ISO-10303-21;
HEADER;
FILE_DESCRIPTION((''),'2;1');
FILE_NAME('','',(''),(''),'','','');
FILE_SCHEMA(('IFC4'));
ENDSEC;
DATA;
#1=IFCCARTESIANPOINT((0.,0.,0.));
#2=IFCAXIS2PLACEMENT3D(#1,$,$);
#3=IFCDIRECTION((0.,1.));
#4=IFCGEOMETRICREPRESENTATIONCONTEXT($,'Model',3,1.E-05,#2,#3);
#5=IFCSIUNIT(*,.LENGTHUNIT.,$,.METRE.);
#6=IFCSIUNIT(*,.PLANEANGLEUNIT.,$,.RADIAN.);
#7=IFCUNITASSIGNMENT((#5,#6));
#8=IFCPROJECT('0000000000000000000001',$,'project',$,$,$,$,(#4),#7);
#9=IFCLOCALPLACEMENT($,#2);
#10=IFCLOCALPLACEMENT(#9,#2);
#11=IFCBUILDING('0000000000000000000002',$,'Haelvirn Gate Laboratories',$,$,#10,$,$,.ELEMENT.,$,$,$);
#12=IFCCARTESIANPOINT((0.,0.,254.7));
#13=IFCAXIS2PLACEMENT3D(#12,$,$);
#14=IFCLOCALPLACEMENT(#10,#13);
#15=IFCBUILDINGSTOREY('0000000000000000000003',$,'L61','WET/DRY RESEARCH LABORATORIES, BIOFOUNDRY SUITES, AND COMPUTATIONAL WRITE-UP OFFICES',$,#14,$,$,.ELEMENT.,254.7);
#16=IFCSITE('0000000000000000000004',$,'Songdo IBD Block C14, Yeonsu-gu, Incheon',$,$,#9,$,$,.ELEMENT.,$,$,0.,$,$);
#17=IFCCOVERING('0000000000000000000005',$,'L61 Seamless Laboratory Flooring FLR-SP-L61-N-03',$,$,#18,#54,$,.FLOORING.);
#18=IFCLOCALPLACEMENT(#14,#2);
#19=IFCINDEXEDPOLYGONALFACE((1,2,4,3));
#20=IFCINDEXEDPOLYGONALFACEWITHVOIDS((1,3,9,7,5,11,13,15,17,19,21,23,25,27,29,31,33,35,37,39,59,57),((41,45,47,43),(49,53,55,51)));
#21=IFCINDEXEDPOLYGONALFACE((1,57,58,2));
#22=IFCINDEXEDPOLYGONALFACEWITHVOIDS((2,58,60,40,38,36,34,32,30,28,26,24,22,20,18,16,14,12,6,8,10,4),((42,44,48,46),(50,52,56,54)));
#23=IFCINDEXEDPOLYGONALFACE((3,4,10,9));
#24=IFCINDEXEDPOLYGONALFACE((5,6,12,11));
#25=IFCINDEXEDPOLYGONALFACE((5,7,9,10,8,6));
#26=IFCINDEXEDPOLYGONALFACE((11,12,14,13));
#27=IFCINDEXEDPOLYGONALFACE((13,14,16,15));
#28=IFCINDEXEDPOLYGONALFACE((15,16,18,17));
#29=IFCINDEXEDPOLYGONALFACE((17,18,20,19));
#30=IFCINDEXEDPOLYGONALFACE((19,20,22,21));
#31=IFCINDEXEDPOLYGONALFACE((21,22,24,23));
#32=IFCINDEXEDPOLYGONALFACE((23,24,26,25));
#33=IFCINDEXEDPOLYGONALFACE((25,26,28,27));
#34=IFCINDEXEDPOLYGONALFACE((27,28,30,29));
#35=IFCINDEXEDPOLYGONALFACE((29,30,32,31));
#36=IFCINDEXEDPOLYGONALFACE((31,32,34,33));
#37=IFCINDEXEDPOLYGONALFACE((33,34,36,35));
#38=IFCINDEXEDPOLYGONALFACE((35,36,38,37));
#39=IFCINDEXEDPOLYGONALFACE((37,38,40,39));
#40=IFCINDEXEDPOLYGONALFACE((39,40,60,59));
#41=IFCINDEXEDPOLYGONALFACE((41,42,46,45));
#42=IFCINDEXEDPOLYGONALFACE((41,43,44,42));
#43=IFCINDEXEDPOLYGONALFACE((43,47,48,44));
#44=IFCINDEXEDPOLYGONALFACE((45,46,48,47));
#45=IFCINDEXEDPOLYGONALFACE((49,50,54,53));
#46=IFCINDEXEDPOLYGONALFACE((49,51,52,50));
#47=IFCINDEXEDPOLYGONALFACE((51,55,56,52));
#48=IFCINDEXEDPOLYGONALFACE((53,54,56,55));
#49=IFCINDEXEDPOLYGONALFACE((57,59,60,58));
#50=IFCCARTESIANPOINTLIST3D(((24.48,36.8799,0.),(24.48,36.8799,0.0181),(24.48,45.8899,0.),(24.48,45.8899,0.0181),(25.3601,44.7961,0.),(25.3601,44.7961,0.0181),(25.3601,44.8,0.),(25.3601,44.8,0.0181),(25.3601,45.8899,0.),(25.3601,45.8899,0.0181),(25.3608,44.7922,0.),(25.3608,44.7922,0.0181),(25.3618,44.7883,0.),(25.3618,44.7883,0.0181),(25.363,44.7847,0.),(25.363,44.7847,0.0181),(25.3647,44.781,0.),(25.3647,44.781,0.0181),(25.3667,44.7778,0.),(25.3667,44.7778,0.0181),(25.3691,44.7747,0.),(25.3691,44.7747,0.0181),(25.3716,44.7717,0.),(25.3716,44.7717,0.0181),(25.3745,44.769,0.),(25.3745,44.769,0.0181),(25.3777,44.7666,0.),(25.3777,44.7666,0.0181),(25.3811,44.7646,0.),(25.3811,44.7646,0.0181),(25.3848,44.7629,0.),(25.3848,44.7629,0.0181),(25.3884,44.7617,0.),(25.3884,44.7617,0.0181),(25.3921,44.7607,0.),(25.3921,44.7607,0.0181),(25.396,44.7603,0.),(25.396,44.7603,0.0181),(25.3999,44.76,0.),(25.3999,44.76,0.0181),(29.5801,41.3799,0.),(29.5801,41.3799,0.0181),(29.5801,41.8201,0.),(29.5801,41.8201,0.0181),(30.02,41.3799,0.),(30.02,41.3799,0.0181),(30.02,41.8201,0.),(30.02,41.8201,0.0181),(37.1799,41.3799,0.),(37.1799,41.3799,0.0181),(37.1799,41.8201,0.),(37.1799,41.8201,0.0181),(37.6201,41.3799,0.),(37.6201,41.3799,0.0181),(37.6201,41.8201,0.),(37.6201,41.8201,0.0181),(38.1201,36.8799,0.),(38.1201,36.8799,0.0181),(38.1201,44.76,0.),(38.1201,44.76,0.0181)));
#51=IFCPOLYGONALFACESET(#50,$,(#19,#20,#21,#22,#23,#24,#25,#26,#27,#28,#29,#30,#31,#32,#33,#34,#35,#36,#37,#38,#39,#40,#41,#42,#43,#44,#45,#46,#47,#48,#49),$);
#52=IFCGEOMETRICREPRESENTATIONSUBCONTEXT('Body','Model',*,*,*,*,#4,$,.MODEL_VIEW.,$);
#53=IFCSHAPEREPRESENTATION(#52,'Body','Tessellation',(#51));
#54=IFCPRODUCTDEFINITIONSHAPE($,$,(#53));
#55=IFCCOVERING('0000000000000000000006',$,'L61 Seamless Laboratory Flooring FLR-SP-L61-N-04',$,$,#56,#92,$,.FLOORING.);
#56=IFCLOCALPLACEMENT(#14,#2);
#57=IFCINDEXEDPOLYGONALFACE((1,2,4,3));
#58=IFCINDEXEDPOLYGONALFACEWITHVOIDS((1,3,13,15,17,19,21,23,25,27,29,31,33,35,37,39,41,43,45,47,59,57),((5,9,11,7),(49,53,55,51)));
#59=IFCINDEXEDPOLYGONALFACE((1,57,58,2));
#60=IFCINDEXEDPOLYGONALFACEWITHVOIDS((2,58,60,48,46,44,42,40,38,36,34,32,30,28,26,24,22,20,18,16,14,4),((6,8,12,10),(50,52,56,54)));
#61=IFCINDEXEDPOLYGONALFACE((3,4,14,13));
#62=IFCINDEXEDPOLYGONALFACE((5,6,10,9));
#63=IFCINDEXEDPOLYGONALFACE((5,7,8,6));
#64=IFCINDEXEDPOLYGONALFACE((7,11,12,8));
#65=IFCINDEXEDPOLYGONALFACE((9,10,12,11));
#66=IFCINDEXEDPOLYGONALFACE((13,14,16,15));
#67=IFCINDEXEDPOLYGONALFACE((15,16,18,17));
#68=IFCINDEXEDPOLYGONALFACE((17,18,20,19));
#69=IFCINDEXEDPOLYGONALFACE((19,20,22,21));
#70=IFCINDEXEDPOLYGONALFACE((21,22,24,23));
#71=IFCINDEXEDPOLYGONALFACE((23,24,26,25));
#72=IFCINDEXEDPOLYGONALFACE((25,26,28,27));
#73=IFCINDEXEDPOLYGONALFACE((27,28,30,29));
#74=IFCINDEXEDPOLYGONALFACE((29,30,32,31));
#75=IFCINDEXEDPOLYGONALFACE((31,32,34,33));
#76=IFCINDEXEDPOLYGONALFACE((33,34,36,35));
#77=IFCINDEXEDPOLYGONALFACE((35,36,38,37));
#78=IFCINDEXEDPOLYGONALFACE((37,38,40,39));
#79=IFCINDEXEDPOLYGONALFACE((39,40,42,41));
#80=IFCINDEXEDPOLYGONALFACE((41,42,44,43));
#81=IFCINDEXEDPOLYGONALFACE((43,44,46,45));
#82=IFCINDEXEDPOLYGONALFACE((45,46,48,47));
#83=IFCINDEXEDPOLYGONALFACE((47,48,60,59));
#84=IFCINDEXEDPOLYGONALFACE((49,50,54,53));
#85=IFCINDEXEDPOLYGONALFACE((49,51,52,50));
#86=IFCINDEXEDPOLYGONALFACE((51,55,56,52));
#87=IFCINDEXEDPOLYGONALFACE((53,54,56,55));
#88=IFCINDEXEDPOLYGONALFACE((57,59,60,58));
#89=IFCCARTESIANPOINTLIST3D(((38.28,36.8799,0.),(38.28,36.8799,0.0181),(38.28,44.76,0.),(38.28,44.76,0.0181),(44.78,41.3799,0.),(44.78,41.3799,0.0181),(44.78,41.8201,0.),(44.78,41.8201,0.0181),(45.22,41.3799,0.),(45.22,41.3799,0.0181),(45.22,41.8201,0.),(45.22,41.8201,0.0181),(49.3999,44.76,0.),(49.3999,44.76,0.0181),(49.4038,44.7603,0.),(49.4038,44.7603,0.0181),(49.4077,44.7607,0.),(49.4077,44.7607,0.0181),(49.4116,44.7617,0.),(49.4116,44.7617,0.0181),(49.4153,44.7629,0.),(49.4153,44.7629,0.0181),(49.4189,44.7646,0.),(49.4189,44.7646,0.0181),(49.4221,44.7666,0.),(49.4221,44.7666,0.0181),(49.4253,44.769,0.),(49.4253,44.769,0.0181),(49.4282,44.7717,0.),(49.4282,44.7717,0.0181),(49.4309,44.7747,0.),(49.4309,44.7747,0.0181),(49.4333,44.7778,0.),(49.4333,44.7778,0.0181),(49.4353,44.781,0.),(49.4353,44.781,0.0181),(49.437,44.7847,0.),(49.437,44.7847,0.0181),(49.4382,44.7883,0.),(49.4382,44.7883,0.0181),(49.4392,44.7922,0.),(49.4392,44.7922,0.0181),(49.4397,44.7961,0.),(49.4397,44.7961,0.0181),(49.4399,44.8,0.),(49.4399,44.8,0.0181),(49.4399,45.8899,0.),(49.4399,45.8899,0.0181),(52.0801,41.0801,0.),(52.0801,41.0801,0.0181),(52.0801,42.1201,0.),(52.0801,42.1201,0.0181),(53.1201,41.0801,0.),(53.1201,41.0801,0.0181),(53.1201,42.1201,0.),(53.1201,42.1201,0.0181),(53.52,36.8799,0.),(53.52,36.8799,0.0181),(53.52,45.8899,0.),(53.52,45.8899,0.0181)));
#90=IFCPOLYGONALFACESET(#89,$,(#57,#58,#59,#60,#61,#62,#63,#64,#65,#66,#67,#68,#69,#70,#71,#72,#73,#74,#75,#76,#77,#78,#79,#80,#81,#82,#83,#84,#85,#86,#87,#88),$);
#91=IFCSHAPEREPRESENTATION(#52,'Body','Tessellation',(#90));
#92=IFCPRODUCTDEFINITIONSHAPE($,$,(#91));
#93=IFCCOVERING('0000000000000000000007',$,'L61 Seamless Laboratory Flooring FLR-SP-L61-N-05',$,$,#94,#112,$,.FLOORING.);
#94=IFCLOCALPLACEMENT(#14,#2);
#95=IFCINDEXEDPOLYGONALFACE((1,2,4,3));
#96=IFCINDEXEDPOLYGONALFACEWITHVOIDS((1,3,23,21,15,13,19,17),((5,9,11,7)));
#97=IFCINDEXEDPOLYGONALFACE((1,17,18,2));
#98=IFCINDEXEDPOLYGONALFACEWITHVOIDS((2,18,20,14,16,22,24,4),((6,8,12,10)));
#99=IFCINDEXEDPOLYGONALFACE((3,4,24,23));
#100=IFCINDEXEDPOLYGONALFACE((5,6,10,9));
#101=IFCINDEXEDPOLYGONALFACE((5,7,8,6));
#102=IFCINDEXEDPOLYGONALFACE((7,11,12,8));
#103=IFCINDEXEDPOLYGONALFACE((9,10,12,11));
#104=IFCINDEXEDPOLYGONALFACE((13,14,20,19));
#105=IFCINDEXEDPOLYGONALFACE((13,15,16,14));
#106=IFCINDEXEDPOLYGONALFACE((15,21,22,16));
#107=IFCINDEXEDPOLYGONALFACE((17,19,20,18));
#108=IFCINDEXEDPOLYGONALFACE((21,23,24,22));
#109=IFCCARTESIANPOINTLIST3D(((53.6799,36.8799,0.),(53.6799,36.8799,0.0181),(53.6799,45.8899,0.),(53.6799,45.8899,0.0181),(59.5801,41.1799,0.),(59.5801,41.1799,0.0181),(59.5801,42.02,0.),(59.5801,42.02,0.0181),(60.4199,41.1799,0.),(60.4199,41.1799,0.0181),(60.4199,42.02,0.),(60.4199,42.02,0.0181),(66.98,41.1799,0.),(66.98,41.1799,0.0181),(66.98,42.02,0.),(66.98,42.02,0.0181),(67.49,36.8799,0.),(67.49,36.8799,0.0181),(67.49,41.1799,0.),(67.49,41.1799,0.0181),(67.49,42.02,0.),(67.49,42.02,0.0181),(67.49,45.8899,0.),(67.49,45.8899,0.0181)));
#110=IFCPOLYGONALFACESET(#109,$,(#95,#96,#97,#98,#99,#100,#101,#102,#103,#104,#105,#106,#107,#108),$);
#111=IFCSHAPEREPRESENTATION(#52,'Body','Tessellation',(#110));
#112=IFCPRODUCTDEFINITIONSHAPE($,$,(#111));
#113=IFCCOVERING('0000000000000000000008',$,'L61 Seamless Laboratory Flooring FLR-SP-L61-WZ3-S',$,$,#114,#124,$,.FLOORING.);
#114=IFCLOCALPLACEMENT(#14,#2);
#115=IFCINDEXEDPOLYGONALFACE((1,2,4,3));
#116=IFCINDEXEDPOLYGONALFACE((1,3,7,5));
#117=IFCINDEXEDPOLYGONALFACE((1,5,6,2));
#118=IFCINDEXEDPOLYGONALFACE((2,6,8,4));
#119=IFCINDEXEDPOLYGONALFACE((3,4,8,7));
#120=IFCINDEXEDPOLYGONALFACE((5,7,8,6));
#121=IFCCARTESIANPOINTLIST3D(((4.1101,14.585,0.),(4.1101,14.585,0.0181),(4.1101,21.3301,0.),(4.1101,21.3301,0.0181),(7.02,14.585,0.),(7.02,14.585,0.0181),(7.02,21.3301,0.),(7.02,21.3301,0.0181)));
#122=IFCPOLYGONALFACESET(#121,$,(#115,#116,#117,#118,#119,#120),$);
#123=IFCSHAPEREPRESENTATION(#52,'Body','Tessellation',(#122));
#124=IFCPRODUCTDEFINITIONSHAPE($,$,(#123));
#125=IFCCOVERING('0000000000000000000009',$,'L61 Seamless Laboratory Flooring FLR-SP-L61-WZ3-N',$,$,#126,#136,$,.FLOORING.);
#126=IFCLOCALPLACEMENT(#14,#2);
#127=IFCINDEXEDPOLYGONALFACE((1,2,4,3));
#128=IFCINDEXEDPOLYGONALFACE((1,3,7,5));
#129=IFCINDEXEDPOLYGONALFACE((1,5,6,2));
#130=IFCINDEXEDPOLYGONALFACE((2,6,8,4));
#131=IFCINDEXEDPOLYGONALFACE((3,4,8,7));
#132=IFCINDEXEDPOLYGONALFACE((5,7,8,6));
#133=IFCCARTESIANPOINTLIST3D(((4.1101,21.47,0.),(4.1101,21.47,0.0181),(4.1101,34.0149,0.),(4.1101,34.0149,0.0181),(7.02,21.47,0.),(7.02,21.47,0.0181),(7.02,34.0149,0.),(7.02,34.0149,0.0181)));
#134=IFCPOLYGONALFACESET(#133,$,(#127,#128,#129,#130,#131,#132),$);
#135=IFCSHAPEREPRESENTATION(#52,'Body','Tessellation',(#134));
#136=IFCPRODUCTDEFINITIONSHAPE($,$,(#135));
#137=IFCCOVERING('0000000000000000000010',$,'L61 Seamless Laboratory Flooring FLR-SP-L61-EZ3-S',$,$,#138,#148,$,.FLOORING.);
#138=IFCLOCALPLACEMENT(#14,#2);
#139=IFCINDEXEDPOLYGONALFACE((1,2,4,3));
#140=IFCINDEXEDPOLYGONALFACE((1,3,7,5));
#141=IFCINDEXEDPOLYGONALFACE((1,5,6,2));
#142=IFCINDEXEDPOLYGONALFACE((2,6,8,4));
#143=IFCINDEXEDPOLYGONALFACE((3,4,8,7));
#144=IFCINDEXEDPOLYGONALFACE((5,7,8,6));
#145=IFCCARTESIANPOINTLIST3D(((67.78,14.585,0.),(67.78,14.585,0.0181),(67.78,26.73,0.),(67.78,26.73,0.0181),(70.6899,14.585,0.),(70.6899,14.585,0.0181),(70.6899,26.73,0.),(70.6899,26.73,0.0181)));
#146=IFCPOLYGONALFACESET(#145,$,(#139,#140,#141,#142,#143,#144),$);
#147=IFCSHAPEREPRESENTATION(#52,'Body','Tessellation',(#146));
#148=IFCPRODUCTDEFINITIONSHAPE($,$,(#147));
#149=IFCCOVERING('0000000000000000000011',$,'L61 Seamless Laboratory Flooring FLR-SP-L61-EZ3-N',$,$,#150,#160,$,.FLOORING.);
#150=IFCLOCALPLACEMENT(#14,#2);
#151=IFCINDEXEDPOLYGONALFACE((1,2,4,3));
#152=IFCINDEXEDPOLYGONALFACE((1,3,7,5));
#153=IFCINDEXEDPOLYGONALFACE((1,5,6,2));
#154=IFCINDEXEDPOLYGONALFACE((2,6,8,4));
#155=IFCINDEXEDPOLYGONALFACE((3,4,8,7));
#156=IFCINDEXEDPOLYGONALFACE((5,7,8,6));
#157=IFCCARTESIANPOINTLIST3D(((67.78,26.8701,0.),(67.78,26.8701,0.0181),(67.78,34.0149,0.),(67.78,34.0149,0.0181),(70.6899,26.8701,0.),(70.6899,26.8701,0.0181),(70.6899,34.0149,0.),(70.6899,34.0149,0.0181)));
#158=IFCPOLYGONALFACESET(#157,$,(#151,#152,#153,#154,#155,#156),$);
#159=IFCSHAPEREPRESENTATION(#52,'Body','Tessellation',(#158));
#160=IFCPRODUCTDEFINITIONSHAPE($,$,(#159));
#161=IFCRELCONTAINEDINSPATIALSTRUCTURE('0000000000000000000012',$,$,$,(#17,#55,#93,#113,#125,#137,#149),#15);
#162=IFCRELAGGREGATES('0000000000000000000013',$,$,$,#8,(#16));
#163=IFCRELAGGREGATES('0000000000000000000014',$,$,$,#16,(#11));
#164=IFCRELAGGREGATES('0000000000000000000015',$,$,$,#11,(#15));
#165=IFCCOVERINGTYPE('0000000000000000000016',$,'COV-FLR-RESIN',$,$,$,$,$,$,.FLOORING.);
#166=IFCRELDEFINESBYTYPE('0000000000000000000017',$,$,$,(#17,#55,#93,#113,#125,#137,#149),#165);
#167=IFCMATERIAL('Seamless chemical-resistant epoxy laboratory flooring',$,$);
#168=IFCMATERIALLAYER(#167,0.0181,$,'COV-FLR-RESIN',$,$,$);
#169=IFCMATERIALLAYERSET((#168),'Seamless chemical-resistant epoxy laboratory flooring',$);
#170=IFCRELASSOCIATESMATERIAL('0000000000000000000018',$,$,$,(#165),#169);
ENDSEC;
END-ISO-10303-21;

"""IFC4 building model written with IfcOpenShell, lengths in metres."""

from ifc_helpers import new_model, si_unit, direction, frame, origin, place, context, subcontext, project, spatial, polyline, outline, extrude, material, layer, layer_set, type_object, element, save


model = new_model("IFC4")

# Units and contexts
model_context = context("Model", 3, precision=1e-05, world=origin(), true_north=direction((0.0, 1.0)))
body_context = subcontext(model_context, "Body", "Model", "MODEL_VIEW")
ifc_project = project(units=[si_unit("LENGTHUNIT", "METRE"), si_unit("PLANEANGLEUNIT", "RADIAN")], contexts=[model_context])

# Site, building, storey
site_placement = place(None, origin())
site = spatial("IfcSite", under=ifc_project, at=site_placement, Name="Songdo IBD Block C14, Yeonsu-gu, Incheon", CompositionType="ELEMENT", RefElevation=0.0)
building_placement = place(site_placement, origin())
building = spatial("IfcBuilding", under=site, at=building_placement, Name="Haelvirn Gate Laboratories", CompositionType="ELEMENT")
storey_placement = place(building_placement, frame((0.0, 0.0, 254.7)))
storey = spatial("IfcBuildingStorey", under=building, at=storey_placement, Name="L61", Description="WET/DRY RESEARCH LABORATORIES, BIOFOUNDRY SUITES, AND COMPUTATIONAL WRITE-UP OFFICES", CompositionType="ELEMENT", Elevation=254.7)

# Coverings
ifc_material_1 = material(Name="Seamless chemical-resistant epoxy laboratory flooring")
ifc_layer_1 = layer(ifc_material_1, 0.0181, Name="COV-FLR-RESIN")
ifc_layer_set_1 = layer_set([ifc_layer_1], Name="Seamless chemical-resistant epoxy laboratory flooring")
covering_type = type_object("IfcCoveringType", Name="COV-FLR-RESIN", PredefinedType="FLOORING", material=ifc_layer_set_1)
covering_1_placement = place(storey_placement, origin())
element("IfcCovering", 1, at=covering_1_placement, inside=storey, type_object=covering_type, Name="L61 Seamless Laboratory Flooring FLR-SP-L61-N-03", PredefinedType="FLOORING", context=body_context, shape_type="SweptSolid", body=[
    extrude(outline(polyline([(25.3601, 45.8899), (25.3601, 44.8), (25.3601, 44.7961), (25.3608, 44.7922), (25.3618, 44.7883), (25.363, 44.7847), (25.3647, 44.781), (25.3667, 44.7778), (25.3691, 44.7747), (25.3716, 44.7717), (25.3745, 44.769), (25.3777, 44.7666), (25.3811, 44.7646), (25.3848, 44.7629), (25.3884, 44.7617), (25.3921, 44.7607), (25.396, 44.7603), (25.3999, 44.76), (38.1201, 44.76), (38.1201, 36.8799), (24.48, 36.8799), (24.48, 45.8899), (25.3601, 45.8899)]), holes=[polyline([(29.5801, 41.3799), (30.02, 41.3799), (30.02, 41.8201), (29.5801, 41.8201), (29.5801, 41.3799)]), polyline([(37.1799, 41.8201), (37.1799, 41.3799), (37.6201, 41.3799), (37.6201, 41.8201), (37.1799, 41.8201)])]), origin(), (0.0, 0.0, 1.0), 0.0181),
])
covering_2_placement = place(storey_placement, origin())
element("IfcCovering", 2, at=covering_2_placement, inside=storey, type_object=covering_type, Name="L61 Seamless Laboratory Flooring FLR-SP-L61-N-04", PredefinedType="FLOORING", context=body_context, shape_type="SweptSolid", body=[
    extrude(outline(polyline([(38.28, 44.76), (49.3999, 44.76), (49.4038, 44.7603), (49.4077, 44.7607), (49.4116, 44.7617), (49.4153, 44.7629), (49.4189, 44.7646), (49.4221, 44.7666), (49.4253, 44.769), (49.4282, 44.7717), (49.4309, 44.7747), (49.4333, 44.7778), (49.4353, 44.781), (49.437, 44.7847), (49.4382, 44.7883), (49.4392, 44.7922), (49.4397, 44.7961), (49.4399, 44.8), (49.4399, 45.8899), (53.52, 45.8899), (53.52, 36.8799), (38.28, 36.8799), (38.28, 44.76)]), holes=[polyline([(52.0801, 41.0801), (53.1201, 41.0801), (53.1201, 42.1201), (52.0801, 42.1201), (52.0801, 41.0801)]), polyline([(44.78, 41.8201), (44.78, 41.3799), (45.22, 41.3799), (45.22, 41.8201), (44.78, 41.8201)])]), origin(), (0.0, 0.0, 1.0), 0.0181),
])
covering_3_placement = place(storey_placement, origin())
element("IfcCovering", 3, at=covering_3_placement, inside=storey, type_object=covering_type, Name="L61 Seamless Laboratory Flooring FLR-SP-L61-N-05", PredefinedType="FLOORING", context=body_context, shape_type="SweptSolid", body=[
    extrude(outline(polyline([(67.49, 42.02), (66.98, 42.02), (66.98, 41.1799), (67.49, 41.1799), (67.49, 36.8799), (53.6799, 36.8799), (53.6799, 45.8899), (67.49, 45.8899), (67.49, 42.02)]), holes=[polyline([(59.5801, 41.1799), (60.4199, 41.1799), (60.4199, 42.02), (59.5801, 42.02), (59.5801, 41.1799)])]), origin(), (0.0, 0.0, 1.0), 0.0181),
])
covering_4_placement = place(storey_placement, origin())
element("IfcCovering", 4, at=covering_4_placement, inside=storey, type_object=covering_type, Name="L61 Seamless Laboratory Flooring FLR-SP-L61-WZ3-S", PredefinedType="FLOORING", context=body_context, shape_type="SweptSolid", body=[
    extrude(outline(polyline([(4.1101, 21.3301), (7.02, 21.3301), (7.02, 14.585), (4.1101, 14.585), (4.1101, 21.3301)])), origin(), (0.0, 0.0, 1.0), 0.0181),
])
covering_5_placement = place(storey_placement, origin())
element("IfcCovering", 5, at=covering_5_placement, inside=storey, type_object=covering_type, Name="L61 Seamless Laboratory Flooring FLR-SP-L61-WZ3-N", PredefinedType="FLOORING", context=body_context, shape_type="SweptSolid", body=[
    extrude(outline(polyline([(4.1101, 34.0149), (7.02, 34.0149), (7.02, 21.47), (4.1101, 21.47), (4.1101, 34.0149)])), origin(), (0.0, 0.0, 1.0), 0.0181),
])
covering_6_placement = place(storey_placement, origin())
element("IfcCovering", 6, at=covering_6_placement, inside=storey, type_object=covering_type, Name="L61 Seamless Laboratory Flooring FLR-SP-L61-EZ3-S", PredefinedType="FLOORING", context=body_context, shape_type="SweptSolid", body=[
    extrude(outline(polyline([(67.78, 26.73), (70.6899, 26.73), (70.6899, 14.585), (67.78, 14.585), (67.78, 26.73)])), origin(), (0.0, 0.0, 1.0), 0.0181),
])
covering_7_placement = place(storey_placement, origin())
element("IfcCovering", 7, at=covering_7_placement, inside=storey, type_object=covering_type, Name="L61 Seamless Laboratory Flooring FLR-SP-L61-EZ3-N", PredefinedType="FLOORING", context=body_context, shape_type="SweptSolid", body=[
    extrude(outline(polyline([(67.78, 34.0149), (70.6899, 34.0149), (70.6899, 26.8701), (67.78, 26.8701), (67.78, 34.0149)])), origin(), (0.0, 0.0, 1.0), 0.0181),
])

save(model, "model.ifc")
